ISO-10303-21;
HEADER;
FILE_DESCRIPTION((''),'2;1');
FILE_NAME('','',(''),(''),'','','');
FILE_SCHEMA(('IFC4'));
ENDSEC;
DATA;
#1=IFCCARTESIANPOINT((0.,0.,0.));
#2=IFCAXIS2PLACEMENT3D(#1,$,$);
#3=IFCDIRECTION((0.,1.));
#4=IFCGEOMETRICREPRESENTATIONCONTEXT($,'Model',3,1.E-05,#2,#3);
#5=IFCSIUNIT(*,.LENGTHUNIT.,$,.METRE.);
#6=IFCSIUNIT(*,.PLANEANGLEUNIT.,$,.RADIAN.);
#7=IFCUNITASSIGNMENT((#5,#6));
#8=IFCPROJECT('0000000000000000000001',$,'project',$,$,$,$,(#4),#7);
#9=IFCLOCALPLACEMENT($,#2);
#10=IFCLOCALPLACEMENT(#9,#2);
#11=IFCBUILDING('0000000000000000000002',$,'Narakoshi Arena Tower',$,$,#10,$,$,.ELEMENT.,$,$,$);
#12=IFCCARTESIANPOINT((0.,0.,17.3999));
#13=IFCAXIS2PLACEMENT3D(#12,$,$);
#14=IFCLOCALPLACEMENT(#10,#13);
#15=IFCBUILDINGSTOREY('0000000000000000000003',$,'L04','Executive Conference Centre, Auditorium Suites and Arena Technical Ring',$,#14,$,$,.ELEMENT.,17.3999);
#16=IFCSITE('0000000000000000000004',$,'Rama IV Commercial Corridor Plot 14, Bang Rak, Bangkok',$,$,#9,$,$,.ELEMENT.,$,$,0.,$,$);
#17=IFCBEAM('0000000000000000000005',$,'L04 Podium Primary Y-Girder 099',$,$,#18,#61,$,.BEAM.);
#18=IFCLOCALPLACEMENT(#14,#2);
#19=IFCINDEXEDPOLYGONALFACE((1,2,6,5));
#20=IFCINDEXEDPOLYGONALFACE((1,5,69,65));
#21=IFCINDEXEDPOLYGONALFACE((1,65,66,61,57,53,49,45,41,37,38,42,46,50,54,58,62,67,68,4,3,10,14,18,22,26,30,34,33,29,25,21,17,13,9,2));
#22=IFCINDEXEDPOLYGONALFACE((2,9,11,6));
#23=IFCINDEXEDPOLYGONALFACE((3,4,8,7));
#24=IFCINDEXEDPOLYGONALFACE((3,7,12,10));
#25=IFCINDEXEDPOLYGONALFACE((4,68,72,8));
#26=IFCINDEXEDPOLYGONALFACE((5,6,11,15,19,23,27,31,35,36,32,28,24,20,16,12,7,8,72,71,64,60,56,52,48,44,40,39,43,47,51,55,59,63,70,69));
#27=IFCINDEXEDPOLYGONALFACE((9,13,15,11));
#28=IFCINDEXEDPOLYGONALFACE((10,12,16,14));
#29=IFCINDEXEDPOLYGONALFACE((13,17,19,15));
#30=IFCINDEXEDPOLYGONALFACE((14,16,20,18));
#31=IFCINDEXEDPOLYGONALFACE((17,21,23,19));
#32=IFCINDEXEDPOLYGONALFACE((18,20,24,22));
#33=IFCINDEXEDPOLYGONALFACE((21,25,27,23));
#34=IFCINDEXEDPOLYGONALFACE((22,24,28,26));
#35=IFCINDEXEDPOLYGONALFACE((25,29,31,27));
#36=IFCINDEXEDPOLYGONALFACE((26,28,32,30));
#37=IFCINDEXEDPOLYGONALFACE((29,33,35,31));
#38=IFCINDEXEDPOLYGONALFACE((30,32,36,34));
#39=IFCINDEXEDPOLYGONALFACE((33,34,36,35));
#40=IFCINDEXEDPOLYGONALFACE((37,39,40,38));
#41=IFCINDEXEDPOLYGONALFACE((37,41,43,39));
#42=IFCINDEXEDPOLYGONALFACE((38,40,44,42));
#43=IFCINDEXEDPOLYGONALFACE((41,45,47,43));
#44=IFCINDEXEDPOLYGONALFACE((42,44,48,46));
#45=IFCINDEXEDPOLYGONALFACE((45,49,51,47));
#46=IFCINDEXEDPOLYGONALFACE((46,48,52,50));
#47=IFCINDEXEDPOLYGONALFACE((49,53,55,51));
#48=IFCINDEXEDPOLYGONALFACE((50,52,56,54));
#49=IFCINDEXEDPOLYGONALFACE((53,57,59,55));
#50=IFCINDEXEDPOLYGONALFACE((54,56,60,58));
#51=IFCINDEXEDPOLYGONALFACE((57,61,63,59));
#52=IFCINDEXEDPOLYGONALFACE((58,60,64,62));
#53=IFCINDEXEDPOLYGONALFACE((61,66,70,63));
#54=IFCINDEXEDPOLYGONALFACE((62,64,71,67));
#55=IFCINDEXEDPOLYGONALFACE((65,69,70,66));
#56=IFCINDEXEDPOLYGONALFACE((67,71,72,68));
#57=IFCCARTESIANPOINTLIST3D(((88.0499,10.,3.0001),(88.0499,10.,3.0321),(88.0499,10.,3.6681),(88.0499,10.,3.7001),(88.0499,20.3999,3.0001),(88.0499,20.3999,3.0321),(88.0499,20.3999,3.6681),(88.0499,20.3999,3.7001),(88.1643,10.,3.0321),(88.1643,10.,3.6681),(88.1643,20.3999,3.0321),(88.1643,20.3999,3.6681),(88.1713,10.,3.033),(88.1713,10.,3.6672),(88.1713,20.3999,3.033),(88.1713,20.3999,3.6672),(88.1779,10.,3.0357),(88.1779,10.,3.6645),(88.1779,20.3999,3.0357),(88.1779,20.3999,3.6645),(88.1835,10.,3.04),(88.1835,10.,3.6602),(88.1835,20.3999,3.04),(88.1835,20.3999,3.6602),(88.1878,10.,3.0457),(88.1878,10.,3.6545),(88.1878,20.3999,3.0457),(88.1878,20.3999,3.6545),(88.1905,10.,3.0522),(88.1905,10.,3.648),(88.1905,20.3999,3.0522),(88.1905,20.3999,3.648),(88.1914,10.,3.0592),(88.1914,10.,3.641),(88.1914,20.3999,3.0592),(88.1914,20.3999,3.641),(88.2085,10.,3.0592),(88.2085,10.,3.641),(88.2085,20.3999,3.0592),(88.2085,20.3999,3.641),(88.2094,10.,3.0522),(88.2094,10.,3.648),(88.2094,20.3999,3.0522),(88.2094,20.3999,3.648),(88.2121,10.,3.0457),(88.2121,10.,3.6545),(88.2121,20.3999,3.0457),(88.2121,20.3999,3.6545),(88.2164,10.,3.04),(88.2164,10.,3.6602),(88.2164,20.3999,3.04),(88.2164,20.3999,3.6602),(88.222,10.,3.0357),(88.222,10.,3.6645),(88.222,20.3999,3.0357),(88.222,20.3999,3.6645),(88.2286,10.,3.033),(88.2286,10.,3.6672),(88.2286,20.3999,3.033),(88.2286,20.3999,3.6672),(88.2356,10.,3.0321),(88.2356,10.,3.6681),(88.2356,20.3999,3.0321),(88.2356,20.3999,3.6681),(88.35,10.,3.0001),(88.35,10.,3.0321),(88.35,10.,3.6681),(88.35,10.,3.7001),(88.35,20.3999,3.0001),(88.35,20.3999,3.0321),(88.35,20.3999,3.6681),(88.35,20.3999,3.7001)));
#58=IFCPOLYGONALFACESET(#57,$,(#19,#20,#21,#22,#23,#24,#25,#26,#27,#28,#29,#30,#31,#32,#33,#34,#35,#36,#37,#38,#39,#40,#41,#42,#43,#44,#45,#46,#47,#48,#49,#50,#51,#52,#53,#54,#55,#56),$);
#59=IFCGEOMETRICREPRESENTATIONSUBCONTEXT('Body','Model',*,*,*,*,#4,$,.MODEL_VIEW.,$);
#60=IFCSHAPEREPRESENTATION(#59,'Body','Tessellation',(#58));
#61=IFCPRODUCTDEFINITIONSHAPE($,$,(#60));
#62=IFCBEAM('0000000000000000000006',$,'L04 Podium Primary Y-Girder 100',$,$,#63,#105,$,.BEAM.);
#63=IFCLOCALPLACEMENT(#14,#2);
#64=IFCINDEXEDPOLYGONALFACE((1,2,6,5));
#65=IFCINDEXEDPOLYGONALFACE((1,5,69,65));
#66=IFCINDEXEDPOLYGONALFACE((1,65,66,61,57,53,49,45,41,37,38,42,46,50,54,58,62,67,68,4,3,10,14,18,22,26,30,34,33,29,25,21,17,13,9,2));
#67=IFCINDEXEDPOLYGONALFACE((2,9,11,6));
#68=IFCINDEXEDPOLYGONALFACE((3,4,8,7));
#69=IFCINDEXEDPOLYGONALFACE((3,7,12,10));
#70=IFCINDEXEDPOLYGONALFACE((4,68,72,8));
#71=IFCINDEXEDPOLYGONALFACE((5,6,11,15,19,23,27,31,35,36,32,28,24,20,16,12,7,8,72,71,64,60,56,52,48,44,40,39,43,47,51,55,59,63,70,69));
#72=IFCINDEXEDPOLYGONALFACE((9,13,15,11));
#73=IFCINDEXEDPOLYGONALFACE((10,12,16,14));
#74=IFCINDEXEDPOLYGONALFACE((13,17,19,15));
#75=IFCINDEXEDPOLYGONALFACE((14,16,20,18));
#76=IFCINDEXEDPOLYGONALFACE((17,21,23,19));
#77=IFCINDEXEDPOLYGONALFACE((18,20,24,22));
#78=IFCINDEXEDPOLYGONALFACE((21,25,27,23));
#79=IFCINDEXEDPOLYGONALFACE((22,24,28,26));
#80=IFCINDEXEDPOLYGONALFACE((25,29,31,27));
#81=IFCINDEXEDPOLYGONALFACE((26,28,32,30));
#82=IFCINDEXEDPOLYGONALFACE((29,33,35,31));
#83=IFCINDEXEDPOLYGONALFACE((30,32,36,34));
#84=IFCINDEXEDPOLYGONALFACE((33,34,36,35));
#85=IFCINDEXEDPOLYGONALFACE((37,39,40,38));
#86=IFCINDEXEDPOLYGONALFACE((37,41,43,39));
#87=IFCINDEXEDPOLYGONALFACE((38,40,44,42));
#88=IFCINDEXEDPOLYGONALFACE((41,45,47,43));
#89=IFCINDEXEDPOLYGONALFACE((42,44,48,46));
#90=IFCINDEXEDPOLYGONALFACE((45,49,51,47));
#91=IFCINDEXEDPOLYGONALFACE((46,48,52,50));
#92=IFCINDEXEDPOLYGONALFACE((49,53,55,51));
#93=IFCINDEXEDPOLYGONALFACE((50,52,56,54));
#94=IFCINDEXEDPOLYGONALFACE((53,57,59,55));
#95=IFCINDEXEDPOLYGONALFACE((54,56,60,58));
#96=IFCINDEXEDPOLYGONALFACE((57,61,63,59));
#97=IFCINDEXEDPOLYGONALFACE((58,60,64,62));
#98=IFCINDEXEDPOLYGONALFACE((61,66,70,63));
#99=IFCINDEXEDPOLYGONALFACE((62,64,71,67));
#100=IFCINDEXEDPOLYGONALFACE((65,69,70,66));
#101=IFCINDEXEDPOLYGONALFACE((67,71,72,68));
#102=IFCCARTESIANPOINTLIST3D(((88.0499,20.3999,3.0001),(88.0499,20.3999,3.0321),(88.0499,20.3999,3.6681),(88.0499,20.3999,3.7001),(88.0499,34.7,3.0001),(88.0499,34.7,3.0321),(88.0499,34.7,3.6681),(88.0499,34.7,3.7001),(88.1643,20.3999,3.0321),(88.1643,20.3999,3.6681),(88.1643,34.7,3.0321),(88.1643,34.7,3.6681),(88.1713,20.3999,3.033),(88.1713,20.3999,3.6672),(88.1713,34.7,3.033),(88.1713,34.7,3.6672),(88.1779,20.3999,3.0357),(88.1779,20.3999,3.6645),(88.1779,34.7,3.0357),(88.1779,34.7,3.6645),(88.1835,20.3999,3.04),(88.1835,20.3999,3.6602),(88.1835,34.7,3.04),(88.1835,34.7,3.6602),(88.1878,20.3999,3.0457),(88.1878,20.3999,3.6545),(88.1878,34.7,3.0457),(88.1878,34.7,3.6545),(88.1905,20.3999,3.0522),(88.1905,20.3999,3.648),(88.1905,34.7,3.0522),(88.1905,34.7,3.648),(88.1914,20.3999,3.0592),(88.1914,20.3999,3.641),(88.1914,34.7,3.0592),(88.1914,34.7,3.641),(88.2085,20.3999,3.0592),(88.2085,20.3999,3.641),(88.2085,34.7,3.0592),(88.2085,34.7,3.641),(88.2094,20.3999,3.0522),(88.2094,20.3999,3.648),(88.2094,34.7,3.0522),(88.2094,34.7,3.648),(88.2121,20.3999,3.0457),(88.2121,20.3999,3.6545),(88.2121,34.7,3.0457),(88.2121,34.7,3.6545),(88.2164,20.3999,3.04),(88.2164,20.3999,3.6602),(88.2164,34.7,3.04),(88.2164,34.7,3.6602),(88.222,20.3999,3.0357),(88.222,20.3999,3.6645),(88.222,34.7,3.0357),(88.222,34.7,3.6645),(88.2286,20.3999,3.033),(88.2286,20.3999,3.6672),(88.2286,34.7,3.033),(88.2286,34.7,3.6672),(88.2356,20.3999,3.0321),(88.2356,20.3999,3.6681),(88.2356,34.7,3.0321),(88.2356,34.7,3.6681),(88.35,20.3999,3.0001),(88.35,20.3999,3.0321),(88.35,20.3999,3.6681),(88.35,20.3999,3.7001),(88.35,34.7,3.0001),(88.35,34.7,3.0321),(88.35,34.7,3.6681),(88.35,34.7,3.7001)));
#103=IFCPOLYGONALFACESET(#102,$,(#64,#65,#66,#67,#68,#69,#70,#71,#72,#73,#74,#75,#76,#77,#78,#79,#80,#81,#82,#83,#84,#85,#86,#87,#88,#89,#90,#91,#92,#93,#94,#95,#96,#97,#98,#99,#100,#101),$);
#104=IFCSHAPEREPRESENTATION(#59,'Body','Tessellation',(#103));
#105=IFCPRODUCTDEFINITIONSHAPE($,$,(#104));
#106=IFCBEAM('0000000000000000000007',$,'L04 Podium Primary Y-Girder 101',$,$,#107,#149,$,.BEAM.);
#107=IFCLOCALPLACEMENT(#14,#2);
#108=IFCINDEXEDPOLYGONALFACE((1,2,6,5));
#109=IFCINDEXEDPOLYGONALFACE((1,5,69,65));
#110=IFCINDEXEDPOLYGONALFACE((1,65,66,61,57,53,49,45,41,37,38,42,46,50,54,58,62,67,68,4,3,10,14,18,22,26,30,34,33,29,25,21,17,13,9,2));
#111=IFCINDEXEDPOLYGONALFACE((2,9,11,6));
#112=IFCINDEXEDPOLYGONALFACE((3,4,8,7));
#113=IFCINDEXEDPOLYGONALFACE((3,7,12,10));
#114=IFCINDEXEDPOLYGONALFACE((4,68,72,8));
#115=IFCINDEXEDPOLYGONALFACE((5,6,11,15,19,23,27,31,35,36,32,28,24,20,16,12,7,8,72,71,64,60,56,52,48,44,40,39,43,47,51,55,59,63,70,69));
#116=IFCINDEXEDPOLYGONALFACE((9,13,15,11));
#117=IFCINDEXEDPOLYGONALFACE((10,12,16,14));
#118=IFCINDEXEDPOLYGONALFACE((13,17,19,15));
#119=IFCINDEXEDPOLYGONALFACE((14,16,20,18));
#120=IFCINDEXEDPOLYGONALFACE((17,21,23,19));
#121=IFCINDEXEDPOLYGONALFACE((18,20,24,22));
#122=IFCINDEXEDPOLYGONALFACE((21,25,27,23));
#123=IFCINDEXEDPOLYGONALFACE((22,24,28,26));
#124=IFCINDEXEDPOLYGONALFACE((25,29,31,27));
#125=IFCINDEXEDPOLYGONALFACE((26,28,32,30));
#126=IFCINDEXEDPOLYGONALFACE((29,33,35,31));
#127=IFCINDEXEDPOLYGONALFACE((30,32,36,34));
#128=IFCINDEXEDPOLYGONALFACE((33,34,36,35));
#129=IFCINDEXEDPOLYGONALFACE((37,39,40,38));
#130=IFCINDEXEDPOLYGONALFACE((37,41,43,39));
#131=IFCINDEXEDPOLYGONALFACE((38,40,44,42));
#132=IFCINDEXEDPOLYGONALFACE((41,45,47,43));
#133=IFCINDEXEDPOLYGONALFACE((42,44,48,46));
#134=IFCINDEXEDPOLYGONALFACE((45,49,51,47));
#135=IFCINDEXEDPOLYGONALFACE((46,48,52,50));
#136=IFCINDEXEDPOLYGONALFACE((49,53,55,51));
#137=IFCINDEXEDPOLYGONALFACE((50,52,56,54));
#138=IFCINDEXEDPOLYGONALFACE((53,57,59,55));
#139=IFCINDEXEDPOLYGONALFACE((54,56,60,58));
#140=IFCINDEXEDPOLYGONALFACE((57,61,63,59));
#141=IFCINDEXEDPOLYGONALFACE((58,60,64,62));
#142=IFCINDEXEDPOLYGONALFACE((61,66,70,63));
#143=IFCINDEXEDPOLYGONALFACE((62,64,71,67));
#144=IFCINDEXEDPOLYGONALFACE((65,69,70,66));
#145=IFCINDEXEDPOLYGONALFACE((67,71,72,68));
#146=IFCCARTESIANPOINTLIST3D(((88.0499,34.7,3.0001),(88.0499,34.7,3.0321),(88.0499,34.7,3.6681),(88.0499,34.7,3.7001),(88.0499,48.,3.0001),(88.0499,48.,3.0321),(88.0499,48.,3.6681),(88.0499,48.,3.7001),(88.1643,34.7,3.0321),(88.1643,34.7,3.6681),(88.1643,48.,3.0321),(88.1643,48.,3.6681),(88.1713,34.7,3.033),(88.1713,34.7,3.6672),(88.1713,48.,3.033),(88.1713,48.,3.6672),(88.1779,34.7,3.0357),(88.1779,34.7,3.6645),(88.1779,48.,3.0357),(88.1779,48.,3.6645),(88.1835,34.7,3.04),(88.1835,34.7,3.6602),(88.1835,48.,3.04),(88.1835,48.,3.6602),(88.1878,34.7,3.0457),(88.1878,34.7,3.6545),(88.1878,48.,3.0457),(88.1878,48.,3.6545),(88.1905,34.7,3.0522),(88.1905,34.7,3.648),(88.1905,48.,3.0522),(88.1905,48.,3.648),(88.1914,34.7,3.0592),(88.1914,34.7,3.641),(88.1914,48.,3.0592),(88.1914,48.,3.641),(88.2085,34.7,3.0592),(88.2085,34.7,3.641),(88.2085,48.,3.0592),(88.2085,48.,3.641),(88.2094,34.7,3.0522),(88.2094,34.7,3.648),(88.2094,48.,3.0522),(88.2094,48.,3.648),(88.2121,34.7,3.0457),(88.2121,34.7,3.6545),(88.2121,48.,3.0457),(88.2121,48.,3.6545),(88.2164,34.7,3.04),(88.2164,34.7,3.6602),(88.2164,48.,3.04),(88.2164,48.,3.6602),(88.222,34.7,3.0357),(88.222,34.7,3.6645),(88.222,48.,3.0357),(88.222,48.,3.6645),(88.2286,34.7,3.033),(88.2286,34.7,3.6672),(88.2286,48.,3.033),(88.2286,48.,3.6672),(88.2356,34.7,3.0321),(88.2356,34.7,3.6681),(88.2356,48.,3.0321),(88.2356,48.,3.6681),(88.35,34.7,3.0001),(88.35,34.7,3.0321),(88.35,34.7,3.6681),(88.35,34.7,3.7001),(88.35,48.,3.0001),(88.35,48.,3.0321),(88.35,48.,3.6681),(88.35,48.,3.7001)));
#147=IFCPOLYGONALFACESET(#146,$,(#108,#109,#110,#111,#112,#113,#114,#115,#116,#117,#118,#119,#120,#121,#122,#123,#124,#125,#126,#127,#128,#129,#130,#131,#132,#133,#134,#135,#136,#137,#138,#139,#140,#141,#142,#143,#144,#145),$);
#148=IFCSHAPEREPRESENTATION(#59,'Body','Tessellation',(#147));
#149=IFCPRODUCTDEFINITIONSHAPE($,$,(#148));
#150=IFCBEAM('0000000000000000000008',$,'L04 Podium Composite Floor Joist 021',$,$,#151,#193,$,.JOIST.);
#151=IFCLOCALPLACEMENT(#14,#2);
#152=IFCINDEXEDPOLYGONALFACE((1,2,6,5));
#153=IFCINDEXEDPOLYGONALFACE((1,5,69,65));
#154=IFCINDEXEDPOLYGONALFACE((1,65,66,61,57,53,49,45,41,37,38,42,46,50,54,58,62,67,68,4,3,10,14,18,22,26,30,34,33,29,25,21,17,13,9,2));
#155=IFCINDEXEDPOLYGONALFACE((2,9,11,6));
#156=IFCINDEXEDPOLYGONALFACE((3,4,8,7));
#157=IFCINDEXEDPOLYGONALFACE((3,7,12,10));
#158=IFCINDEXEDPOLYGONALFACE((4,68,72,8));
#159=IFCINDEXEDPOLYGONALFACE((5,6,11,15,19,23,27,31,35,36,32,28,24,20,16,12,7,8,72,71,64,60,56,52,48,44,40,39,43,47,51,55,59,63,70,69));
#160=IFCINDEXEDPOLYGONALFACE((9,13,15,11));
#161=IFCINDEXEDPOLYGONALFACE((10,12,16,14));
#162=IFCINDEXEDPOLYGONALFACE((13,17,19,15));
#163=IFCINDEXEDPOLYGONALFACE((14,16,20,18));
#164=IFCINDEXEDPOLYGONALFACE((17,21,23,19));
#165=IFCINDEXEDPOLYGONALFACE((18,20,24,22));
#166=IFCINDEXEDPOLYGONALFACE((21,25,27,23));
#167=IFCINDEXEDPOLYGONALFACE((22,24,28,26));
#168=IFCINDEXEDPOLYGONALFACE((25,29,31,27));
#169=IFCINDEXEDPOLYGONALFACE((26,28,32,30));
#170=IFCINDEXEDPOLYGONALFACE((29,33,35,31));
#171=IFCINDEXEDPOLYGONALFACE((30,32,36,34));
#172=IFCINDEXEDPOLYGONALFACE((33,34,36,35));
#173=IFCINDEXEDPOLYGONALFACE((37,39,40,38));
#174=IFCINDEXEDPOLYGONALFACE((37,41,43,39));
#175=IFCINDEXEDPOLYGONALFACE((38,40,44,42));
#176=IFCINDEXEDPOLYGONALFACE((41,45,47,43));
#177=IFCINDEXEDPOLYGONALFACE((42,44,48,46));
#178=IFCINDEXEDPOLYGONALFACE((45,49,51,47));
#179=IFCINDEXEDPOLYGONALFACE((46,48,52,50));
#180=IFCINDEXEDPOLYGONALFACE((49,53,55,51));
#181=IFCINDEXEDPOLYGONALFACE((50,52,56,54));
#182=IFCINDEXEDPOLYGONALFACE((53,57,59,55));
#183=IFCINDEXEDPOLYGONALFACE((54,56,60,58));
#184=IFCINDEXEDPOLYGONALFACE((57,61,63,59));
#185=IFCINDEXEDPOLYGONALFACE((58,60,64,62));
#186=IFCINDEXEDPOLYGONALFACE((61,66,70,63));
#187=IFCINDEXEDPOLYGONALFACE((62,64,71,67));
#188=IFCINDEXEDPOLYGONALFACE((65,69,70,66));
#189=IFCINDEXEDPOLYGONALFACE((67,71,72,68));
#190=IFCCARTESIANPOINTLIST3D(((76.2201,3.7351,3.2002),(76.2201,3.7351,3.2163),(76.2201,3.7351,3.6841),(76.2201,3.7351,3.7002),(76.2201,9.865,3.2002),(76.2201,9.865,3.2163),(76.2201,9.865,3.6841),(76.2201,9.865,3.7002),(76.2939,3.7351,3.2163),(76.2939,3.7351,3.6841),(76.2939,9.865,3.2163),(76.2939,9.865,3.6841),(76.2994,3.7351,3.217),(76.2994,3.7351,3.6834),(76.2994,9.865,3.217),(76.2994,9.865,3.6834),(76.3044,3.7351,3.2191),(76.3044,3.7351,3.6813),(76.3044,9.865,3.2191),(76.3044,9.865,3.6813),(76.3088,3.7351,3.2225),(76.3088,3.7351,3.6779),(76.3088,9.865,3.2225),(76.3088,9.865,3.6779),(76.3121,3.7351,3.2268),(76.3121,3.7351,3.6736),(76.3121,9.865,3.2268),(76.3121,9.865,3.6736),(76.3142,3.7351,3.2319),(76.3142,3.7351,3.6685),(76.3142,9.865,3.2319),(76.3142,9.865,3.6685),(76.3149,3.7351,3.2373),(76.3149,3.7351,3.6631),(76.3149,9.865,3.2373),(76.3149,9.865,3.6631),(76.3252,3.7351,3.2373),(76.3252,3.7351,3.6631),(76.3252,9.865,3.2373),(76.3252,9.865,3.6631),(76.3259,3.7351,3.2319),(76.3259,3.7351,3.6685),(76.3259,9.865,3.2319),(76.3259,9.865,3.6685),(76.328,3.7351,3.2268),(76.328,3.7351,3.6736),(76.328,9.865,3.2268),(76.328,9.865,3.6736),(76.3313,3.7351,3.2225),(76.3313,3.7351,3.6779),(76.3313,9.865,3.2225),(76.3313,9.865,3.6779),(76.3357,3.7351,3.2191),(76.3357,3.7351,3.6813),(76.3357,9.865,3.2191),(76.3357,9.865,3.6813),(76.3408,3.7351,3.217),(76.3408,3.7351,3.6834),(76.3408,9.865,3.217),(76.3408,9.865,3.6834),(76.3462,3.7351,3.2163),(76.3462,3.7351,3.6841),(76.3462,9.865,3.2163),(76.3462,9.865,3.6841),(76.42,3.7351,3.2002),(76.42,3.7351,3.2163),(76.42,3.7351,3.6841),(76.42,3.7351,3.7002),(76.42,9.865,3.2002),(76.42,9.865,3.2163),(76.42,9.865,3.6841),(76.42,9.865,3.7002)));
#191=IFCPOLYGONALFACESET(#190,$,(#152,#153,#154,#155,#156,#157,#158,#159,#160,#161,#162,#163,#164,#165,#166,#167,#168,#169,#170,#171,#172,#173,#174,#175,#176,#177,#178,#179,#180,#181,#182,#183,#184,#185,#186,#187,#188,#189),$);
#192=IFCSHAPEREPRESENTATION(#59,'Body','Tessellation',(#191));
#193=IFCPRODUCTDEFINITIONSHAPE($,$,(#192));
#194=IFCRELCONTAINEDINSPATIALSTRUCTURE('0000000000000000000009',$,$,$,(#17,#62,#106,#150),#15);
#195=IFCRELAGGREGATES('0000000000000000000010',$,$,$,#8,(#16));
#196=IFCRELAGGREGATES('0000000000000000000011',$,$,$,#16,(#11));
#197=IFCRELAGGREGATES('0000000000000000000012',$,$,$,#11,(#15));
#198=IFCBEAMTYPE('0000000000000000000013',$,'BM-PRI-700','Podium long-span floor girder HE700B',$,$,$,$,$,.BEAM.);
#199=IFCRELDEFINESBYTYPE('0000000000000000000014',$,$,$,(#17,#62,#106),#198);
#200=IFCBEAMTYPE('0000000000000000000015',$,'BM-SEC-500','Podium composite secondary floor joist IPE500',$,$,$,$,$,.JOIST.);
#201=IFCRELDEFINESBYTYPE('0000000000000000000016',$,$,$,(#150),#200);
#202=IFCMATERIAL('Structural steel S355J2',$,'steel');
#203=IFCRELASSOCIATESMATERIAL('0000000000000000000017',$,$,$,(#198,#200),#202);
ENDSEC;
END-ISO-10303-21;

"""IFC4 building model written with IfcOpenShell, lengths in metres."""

from ifc_helpers import new_model, si_unit, direction, frame, origin, origin_2d, place, context, subcontext, project, spatial, i_section, extrude, material, material_profile, profile_set, type_object, element, save


model = new_model("IFC4")

# Units and contexts
model_context = context("Model", 3, precision=1e-05, world=origin(), true_north=direction((0.0, 1.0)))
body_context = subcontext(model_context, "Body", "Model", "MODEL_VIEW")
ifc_project = project(units=[si_unit("LENGTHUNIT", "METRE"), si_unit("PLANEANGLEUNIT", "RADIAN")], contexts=[model_context])

# Site, building, storey
site_placement = place(None, origin())
site = spatial("IfcSite", under=ifc_project, at=site_placement, Name="Rama IV Commercial Corridor Plot 14, Bang Rak, Bangkok", CompositionType="ELEMENT", RefElevation=0.0)
building_placement = place(site_placement, origin())
building = spatial("IfcBuilding", under=site, at=building_placement, Name="Narakoshi Arena Tower", CompositionType="ELEMENT")
storey_placement = place(building_placement, frame((0.0, 0.0, 17.3999)))
storey = spatial("IfcBuildingStorey", under=building, at=storey_placement, Name="L04", Description="Executive Conference Centre, Auditorium Suites and Arena Technical Ring", CompositionType="ELEMENT", Elevation=17.3999)

# Beams
ifc_material_1 = material(Name="Structural steel S355J2", Category="steel")
ifc_material_profile_1 = material_profile(ifc_material_1, i_section(OverallWidth=0.3, OverallDepth=0.7, WebThickness=0.0171, FlangeThickness=0.032, FilletRadius=0.0271, at=origin_2d()), Name="HE700B")
ifc_profile_set_1 = profile_set([ifc_material_profile_1], Name="Structural steel S355J2")
beam_type_1 = type_object("IfcBeamType", Name="BM-PRI-700", Description="Podium long-span floor girder HE700B", PredefinedType="BEAM", material=ifc_profile_set_1)
beam_1_placement = place(storey_placement, frame((88.2, 10.0, 3.3501), z_axis=(0.0, 1.0, 0.0), x_axis=(-1.0, 0.0, 0.0)))
element("IfcBeam", 1, at=beam_1_placement, inside=storey, type_object=beam_type_1, Name="L04 Podium Primary Y-Girder 099", PredefinedType="BEAM", context=body_context, shape_type="SweptSolid", body=[
    extrude(i_section(OverallWidth=0.3, OverallDepth=0.7, WebThickness=0.0171, FlangeThickness=0.032, FilletRadius=0.0271, at=origin_2d()), origin(), (0.0, 0.0, 1.0), 10.3999),
])
beam_2_placement = place(storey_placement, frame((88.2, 20.3999, 3.3501), z_axis=(0.0, 1.0, 0.0), x_axis=(-1.0, 0.0, 0.0)))
element("IfcBeam", 2, at=beam_2_placement, inside=storey, type_object=beam_type_1, Name="L04 Podium Primary Y-Girder 100", PredefinedType="BEAM", context=body_context, shape_type="SweptSolid", body=[
    extrude(i_section(OverallWidth=0.3, OverallDepth=0.7, WebThickness=0.0171, FlangeThickness=0.032, FilletRadius=0.0271, at=origin_2d()), origin(), (0.0, 0.0, 1.0), 14.3),
])
beam_3_placement = place(storey_placement, frame((88.2, 34.7, 3.3501), z_axis=(0.0, 1.0, 0.0), x_axis=(-1.0, 0.0, 0.0)))
element("IfcBeam", 3, at=beam_3_placement, inside=storey, type_object=beam_type_1, Name="L04 Podium Primary Y-Girder 101", PredefinedType="BEAM", context=body_context, shape_type="SweptSolid", body=[
    extrude(i_section(OverallWidth=0.3, OverallDepth=0.7, WebThickness=0.0171, FlangeThickness=0.032, FilletRadius=0.0271, at=origin_2d()), origin(), (0.0, 0.0, 1.0), 13.3),
])
ifc_material_profile_2 = material_profile(ifc_material_1, i_section(OverallWidth=0.2, OverallDepth=0.5, WebThickness=0.0103, FlangeThickness=0.0161, FilletRadius=0.021, at=origin_2d()), Name="IPE500")
ifc_profile_set_2 = profile_set([ifc_material_profile_2], Name="Structural steel S355J2")
beam_type_2 = type_object("IfcBeamType", Name="BM-SEC-500", Description="Podium composite secondary floor joist IPE500", PredefinedType="JOIST", material=ifc_profile_set_2)
beam_4_placement = place(storey_placement, frame((76.3201, 3.7351, 3.4502), z_axis=(0.0, 1.0, 0.0), x_axis=(-1.0, 0.0, 0.0)))
element("IfcBeam", 4, at=beam_4_placement, inside=storey, type_object=beam_type_2, Name="L04 Podium Composite Floor Joist 021", PredefinedType="JOIST", context=body_context, shape_type="SweptSolid", body=[
    extrude(i_section(OverallWidth=0.2, OverallDepth=0.5, WebThickness=0.0103, FlangeThickness=0.0161, FilletRadius=0.021, at=origin_2d()), origin(), (0.0, 0.0, 1.0), 6.1299),
])

save(model, "model.ifc")
